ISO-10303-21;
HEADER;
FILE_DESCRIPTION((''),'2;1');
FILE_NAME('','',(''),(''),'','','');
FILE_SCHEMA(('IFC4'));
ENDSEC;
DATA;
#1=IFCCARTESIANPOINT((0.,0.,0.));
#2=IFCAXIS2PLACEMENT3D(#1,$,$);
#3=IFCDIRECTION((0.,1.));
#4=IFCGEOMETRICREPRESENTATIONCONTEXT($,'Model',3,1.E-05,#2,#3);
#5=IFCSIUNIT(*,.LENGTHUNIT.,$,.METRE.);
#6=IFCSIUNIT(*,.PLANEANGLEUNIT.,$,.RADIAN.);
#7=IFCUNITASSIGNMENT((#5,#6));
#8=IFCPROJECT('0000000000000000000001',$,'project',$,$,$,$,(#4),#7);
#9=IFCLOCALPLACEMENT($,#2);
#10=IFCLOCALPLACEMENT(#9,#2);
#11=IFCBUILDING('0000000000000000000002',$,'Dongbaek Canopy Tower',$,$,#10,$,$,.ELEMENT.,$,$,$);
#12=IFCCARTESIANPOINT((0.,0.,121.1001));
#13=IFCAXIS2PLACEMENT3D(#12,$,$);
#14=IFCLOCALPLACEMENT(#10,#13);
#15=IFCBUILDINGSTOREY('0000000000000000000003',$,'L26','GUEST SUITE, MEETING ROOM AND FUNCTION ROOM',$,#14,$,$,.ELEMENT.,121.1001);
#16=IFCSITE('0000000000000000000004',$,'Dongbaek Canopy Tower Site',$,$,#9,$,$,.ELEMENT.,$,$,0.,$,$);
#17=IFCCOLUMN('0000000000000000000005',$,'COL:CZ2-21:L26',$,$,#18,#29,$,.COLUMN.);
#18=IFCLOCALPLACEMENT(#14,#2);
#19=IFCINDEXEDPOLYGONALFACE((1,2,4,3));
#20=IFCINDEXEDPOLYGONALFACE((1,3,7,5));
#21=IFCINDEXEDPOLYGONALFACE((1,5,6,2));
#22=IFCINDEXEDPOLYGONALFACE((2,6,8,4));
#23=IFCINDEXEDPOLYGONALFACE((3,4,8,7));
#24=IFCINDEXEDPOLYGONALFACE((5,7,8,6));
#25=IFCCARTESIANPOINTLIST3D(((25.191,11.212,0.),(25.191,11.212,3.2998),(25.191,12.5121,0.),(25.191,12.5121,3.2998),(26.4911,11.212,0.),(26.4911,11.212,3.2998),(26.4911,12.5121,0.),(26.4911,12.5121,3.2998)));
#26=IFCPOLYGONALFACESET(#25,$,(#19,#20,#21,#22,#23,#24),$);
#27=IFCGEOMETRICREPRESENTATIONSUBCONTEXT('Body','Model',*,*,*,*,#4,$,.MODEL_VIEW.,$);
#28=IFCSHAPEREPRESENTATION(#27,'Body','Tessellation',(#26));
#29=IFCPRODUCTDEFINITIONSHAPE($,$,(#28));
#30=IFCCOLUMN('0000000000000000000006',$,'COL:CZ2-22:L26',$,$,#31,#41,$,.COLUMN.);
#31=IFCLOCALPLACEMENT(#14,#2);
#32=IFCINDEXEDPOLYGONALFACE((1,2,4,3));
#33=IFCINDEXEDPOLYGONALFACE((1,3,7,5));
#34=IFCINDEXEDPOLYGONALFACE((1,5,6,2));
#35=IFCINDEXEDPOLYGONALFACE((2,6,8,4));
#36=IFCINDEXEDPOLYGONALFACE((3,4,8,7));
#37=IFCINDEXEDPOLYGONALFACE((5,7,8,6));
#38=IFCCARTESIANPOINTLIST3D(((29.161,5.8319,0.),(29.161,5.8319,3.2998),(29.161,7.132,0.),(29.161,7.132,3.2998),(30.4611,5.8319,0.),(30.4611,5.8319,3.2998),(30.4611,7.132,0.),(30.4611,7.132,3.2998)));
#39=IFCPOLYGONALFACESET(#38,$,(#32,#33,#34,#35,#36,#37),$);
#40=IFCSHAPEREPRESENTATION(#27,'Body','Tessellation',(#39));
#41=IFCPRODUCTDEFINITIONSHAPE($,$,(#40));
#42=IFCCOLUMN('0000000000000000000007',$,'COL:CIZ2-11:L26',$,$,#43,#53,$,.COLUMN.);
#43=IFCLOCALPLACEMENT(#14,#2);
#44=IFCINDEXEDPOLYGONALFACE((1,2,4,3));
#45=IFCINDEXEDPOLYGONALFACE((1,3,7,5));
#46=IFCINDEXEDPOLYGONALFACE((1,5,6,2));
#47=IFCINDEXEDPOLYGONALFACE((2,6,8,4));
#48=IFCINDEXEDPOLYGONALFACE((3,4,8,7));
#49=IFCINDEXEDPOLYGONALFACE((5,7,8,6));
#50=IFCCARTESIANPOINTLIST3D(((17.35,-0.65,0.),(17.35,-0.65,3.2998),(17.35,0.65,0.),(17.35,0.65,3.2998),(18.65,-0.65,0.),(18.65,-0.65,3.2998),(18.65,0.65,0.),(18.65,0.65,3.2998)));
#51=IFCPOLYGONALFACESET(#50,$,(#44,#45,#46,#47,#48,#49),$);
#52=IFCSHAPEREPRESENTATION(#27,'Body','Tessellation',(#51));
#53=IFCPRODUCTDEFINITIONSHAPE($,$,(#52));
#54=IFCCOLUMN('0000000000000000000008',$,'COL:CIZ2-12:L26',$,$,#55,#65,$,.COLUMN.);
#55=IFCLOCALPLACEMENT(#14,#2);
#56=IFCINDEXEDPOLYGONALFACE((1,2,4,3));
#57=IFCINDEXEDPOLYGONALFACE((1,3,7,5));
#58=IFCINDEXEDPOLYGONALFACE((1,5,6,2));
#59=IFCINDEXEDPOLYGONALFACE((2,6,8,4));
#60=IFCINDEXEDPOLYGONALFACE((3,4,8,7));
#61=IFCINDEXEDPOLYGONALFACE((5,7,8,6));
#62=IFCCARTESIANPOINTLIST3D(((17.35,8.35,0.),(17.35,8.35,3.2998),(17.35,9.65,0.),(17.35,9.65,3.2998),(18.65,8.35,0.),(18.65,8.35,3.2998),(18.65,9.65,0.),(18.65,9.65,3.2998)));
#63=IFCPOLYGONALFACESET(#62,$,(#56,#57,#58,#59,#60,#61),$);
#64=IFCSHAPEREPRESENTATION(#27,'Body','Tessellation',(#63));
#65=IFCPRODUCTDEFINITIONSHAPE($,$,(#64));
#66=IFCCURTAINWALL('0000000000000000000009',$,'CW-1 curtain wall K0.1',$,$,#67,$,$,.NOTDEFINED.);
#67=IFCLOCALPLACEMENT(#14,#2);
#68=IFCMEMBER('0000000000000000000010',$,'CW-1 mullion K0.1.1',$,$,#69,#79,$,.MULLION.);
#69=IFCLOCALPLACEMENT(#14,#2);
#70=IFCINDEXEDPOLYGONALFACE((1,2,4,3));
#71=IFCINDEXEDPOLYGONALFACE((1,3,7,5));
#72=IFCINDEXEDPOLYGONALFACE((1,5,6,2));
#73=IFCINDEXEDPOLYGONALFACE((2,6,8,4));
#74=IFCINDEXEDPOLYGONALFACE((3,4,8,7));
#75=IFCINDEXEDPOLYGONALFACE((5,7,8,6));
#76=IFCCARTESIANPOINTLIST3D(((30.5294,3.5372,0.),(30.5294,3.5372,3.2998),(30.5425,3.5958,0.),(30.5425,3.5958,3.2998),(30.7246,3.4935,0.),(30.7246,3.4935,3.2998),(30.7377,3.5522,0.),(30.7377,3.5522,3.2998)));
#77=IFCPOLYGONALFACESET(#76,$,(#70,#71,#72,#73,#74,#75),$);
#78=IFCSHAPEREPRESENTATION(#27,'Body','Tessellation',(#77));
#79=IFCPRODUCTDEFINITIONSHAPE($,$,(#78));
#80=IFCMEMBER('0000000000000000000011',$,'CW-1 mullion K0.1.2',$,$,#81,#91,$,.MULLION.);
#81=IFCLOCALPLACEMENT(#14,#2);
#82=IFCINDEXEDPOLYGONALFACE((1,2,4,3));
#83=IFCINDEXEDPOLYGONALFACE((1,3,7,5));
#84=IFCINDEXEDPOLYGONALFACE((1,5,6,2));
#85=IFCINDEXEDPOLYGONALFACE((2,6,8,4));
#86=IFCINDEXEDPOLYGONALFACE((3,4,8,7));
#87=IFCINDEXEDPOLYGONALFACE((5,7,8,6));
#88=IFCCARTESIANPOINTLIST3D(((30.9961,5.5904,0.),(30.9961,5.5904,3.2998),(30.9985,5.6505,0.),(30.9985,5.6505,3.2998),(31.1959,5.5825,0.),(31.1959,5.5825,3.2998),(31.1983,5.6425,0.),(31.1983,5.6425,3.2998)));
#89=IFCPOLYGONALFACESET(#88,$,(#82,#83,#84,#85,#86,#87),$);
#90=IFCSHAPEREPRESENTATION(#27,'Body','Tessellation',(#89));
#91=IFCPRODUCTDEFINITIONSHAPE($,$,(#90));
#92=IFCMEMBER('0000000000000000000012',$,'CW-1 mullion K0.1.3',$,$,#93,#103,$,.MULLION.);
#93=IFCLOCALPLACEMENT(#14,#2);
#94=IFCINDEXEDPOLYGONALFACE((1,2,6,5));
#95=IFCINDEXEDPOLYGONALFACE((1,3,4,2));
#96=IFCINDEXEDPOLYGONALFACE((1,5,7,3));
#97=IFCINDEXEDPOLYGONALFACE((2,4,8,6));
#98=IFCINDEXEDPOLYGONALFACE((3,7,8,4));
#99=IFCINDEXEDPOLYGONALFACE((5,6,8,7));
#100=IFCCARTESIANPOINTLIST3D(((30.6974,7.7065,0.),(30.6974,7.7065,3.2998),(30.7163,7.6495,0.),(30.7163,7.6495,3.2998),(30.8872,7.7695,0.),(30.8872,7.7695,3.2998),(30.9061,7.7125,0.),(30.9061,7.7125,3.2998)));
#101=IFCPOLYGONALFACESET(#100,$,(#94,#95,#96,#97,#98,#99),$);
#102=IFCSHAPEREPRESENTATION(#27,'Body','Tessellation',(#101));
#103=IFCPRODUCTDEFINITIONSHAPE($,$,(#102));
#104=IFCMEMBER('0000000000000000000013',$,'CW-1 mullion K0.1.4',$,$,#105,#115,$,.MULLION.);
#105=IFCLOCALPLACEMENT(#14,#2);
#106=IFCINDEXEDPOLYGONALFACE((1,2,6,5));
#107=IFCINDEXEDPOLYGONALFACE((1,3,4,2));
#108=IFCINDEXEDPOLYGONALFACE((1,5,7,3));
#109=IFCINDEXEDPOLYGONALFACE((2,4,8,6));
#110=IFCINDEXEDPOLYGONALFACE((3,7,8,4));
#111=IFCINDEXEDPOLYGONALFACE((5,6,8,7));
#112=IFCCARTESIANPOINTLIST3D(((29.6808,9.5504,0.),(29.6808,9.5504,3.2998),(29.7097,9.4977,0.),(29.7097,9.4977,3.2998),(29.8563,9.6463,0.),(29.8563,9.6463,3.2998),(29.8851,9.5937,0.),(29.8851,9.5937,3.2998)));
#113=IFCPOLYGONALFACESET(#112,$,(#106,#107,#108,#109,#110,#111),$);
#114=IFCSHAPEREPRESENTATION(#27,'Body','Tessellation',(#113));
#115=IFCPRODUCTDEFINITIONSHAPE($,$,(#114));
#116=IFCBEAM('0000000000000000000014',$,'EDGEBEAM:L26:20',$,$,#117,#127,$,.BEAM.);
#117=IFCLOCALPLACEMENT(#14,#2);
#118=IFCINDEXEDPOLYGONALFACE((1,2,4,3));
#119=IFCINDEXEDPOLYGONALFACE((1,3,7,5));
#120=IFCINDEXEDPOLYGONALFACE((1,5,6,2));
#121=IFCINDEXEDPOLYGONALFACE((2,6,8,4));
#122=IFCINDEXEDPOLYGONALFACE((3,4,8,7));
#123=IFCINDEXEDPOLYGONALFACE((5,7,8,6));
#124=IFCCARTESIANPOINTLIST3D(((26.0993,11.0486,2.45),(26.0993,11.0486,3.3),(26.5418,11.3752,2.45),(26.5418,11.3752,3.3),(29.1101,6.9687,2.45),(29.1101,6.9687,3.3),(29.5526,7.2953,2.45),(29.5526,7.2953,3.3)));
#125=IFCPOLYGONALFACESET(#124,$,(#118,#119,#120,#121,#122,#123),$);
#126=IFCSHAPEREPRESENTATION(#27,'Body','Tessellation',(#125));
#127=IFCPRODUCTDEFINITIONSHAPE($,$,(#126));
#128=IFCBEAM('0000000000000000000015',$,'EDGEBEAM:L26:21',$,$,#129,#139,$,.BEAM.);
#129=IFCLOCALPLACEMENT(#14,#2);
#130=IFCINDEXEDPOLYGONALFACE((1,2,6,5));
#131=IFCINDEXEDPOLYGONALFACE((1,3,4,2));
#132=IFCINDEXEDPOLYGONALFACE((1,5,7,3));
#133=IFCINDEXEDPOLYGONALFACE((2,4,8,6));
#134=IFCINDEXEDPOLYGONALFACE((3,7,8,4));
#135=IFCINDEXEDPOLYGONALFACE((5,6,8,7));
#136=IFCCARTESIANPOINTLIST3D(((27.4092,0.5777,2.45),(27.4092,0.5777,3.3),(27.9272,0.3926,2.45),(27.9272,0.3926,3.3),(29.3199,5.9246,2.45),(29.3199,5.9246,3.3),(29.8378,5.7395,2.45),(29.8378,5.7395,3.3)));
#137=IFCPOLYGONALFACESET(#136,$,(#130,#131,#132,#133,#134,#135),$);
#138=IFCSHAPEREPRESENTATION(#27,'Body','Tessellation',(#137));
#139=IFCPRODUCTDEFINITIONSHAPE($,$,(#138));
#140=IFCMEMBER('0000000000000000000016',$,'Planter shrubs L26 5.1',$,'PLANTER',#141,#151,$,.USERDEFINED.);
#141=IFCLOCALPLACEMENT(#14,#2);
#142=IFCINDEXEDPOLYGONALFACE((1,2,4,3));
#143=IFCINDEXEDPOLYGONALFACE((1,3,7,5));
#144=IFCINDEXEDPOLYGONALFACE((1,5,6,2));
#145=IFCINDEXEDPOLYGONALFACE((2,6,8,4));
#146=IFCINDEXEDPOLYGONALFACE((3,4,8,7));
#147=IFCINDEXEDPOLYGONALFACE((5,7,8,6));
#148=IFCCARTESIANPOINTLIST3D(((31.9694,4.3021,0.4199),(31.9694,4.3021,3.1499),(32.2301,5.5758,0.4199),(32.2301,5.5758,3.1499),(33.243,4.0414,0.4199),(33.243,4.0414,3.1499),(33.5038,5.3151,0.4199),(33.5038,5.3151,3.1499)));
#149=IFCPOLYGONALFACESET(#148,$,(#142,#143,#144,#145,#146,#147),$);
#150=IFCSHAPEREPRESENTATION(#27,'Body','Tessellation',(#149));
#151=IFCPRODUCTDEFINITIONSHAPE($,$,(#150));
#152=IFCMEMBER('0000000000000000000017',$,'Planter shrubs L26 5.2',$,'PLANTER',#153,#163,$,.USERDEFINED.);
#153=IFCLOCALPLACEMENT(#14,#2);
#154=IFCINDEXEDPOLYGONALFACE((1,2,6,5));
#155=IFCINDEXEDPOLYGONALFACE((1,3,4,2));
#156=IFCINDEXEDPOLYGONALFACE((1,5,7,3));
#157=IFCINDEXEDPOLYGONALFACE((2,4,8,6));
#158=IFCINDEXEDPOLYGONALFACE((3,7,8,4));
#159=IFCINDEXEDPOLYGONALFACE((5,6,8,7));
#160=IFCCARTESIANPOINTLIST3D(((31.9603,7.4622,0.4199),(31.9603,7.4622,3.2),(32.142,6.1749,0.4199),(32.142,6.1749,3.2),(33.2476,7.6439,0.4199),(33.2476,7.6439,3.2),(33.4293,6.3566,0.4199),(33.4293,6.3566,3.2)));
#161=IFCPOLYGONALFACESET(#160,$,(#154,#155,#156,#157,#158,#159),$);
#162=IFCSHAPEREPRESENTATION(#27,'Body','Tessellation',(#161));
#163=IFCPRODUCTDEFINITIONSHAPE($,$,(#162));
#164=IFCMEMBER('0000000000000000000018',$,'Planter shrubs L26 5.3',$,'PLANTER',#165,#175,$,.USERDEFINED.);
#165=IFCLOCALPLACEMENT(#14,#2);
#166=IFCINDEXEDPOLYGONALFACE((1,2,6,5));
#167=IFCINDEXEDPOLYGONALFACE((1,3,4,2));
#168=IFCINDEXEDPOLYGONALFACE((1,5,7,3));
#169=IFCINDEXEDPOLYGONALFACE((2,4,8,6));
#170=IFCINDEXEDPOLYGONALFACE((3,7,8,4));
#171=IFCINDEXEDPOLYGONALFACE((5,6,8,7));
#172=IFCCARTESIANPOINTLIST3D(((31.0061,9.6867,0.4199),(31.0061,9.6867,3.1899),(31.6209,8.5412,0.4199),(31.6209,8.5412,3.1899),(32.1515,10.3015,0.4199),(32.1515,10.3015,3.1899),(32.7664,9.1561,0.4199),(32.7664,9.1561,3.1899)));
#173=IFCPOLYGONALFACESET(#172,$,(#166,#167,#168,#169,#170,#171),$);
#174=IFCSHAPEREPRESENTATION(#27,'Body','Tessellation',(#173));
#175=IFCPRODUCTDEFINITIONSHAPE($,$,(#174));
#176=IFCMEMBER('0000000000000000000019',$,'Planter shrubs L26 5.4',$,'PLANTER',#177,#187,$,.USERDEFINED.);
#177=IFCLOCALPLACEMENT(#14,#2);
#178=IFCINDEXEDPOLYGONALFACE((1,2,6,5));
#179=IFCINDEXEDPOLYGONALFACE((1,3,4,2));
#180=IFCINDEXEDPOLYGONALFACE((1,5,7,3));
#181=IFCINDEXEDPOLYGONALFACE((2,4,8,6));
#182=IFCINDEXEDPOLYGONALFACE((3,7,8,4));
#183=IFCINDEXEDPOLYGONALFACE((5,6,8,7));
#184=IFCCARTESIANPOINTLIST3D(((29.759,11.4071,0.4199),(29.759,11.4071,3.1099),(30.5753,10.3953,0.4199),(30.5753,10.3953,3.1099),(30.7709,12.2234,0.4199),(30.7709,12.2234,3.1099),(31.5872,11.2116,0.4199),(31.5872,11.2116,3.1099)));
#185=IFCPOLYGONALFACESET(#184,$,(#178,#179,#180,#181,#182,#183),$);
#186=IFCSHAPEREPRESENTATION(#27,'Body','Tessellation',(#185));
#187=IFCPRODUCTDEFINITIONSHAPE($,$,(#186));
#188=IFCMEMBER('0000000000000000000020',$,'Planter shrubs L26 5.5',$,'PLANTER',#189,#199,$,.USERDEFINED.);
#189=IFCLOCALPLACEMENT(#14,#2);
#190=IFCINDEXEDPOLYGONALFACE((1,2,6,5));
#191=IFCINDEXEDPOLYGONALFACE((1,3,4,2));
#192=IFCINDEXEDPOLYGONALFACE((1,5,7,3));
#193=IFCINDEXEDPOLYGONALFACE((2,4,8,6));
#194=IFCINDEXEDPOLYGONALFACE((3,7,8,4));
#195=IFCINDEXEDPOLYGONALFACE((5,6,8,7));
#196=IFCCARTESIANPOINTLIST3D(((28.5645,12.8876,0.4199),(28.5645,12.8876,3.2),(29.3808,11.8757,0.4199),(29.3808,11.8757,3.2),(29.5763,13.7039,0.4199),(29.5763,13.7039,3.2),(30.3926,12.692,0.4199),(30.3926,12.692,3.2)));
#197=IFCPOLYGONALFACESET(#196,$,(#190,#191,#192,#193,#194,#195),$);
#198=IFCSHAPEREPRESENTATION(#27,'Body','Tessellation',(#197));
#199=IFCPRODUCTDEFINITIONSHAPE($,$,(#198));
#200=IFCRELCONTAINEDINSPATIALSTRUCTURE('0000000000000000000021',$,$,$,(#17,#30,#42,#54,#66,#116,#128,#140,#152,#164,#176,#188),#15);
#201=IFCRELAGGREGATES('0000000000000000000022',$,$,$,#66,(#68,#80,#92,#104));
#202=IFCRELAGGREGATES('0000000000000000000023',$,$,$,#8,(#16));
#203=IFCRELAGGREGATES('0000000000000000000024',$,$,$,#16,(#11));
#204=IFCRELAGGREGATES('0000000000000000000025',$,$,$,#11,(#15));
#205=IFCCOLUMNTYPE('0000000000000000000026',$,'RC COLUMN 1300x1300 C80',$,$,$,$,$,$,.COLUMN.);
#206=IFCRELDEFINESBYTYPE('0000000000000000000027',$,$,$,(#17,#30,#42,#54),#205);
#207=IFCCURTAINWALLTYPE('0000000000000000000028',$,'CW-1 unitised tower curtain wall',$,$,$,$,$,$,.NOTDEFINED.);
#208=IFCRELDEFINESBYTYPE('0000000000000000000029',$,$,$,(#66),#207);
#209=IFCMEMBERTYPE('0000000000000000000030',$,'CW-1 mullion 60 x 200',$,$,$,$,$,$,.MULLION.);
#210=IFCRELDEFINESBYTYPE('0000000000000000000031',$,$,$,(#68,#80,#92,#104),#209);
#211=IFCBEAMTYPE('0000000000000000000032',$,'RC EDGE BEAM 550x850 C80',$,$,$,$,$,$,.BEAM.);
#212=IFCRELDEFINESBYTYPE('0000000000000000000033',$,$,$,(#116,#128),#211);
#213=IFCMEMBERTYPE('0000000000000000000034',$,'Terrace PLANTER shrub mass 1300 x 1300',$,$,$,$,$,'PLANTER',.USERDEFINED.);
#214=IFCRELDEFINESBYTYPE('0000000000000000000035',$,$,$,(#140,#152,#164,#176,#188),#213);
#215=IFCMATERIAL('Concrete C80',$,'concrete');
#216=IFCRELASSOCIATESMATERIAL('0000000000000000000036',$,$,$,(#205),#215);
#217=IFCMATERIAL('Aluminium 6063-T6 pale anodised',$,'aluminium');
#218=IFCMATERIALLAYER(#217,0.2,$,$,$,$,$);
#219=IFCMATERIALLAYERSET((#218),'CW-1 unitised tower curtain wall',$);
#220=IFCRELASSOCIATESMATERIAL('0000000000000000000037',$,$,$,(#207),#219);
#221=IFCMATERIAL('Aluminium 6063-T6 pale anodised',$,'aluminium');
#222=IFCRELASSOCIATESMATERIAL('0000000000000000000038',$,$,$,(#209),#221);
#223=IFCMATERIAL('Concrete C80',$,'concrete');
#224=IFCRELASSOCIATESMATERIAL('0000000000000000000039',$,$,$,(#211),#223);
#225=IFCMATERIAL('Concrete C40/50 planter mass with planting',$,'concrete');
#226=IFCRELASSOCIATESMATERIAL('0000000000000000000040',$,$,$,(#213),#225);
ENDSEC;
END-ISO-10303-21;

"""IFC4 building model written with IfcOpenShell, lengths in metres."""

from ifc_helpers import new_model, si_unit, direction, frame, origin, origin_2d, place, context, subcontext, project, spatial, rectangle, extrude, material, layer, layer_set, material_profile, profile_set, type_object, element, aggregate, save


model = new_model("IFC4")

# Units and contexts
model_context = context("Model", 3, precision=1e-05, world=origin(), true_north=direction((0.0, 1.0)))
body_context = subcontext(model_context, "Body", "Model", "MODEL_VIEW")
ifc_project = project(units=[si_unit("LENGTHUNIT", "METRE"), si_unit("PLANEANGLEUNIT", "RADIAN")], contexts=[model_context])

# Site, building, storey
site_placement = place(None, origin())
site = spatial("IfcSite", under=ifc_project, at=site_placement, Name="Dongbaek Canopy Tower Site", CompositionType="ELEMENT", RefElevation=0.0)
building_placement = place(site_placement, origin())
building = spatial("IfcBuilding", under=site, at=building_placement, Name="Dongbaek Canopy Tower", CompositionType="ELEMENT")
storey_placement = place(building_placement, frame((0.0, 0.0, 121.1001)))
storey = spatial("IfcBuildingStorey", under=building, at=storey_placement, Name="L26", Description="GUEST SUITE, MEETING ROOM AND FUNCTION ROOM", CompositionType="ELEMENT", Elevation=121.1001)

# Columns
ifc_material_1 = material(Name="Concrete C80", Category="concrete")
ifc_material_profile_1 = material_profile(ifc_material_1, rectangle(XDim=1.3, YDim=1.3, at=origin_2d()), Name="RC COLUMN 1300x1300 C80")
ifc_profile_set_1 = profile_set([ifc_material_profile_1], Name="Concrete C80")
column_type = type_object("IfcColumnType", Name="RC COLUMN 1300x1300 C80", PredefinedType="COLUMN", material=ifc_profile_set_1)
for number, where, z_axis, x_axis, name in (
    (1, (25.8411, 11.8621, 0.0), (0.0, 0.0, 1.0), (1.0, 0.0, 0.0), "COL:CZ2-21:L26"),
    (2, (29.811, 6.4819, 0.0), (0.0, 0.0, 1.0), (1.0, 0.0, 0.0), "COL:CZ2-22:L26"),
    (3, (18.0, 0.0, 0.0), (0.0, 0.0, 1.0), (1.0, 0.0, 0.0), "COL:CIZ2-11:L26"),
    (4, (18.0, 9.0, 0.0), (0.0, 0.0, 1.0), (1.0, 0.0, 0.0), "COL:CIZ2-12:L26"),
):
    element("IfcColumn", number, at=place(storey_placement, frame(where, z_axis=z_axis, x_axis=x_axis)), inside=storey, type_object=column_type, Name=name, PredefinedType="COLUMN", context=body_context, shape_type="SweptSolid", body=[
        extrude(rectangle(XDim=1.3, YDim=1.3, at=origin_2d()), origin(), (0.0, 0.0, 1.0), 3.2998),
    ])

# Curtain wall, members
ifc_material_2 = material(Name="Aluminium 6063-T6 pale anodised", Category="aluminium")
ifc_layer_1 = layer(ifc_material_2, 0.2)
ifc_layer_set_1 = layer_set([ifc_layer_1], Name="CW-1 unitised tower curtain wall")
curtain_wall_type = type_object("IfcCurtainWallType", Name="CW-1 unitised tower curtain wall", PredefinedType="NOTDEFINED", material=ifc_layer_set_1)
curtain_wall_1_placement = place(storey_placement, origin())
curtain_wall_1 = element("IfcCurtainWall", 5, at=curtain_wall_1_placement, inside=storey, type_object=curtain_wall_type, Name="CW-1 curtain wall K0.1", PredefinedType="NOTDEFINED")
ifc_material_3 = material(Name="Aluminium 6063-T6 pale anodised", Category="aluminium")
ifc_material_profile_2 = material_profile(ifc_material_3, rectangle(XDim=0.2, YDim=0.0601, at=origin_2d()), Name="CW-1 mullion 60 x 200")
ifc_profile_set_2 = profile_set([ifc_material_profile_2], Name="Aluminium 6063-T6 pale anodised")
member_type_1 = type_object("IfcMemberType", Name="CW-1 mullion 60 x 200", PredefinedType="MULLION", material=ifc_profile_set_2)
member_1_placement = place(storey_placement, frame((30.6335, 3.5447, 0.0), z_axis=(0.0, 0.0, 1.0), x_axis=(0.975873, -0.218339, 0.0)))
member_1 = element("IfcMember", 6, at=member_1_placement, type_object=member_type_1, Name="CW-1 mullion K0.1.1", PredefinedType="MULLION", context=body_context, shape_type="SweptSolid", body=[
    extrude(rectangle(XDim=0.2, YDim=0.0601, at=origin_2d()), origin(), (0.0, 0.0, 1.0), 3.2998),
])
member_2_placement = place(storey_placement, frame((31.0972, 5.6165, 0.0), z_axis=(0.0, 0.0, 1.0), x_axis=(0.999202, -0.039948, 0.0)))
member_2 = element("IfcMember", 7, at=member_2_placement, type_object=member_type_1, Name="CW-1 mullion K0.1.2", PredefinedType="MULLION", context=body_context, shape_type="SweptSolid", body=[
    extrude(rectangle(XDim=0.2, YDim=0.0601, at=origin_2d()), origin(), (0.0, 0.0, 1.0), 3.2998),
])
member_3_placement = place(storey_placement, frame((30.8018, 7.7095, 0.0), z_axis=(0.0, 0.0, 1.0), x_axis=(0.949126, 0.314897, 0.0)))
member_3 = element("IfcMember", 8, at=member_3_placement, type_object=member_type_1, Name="CW-1 mullion K0.1.3", PredefinedType="MULLION", context=body_context, shape_type="SweptSolid", body=[
    extrude(rectangle(XDim=0.2, YDim=0.0601, at=origin_2d()), origin(), (0.0, 0.0, 1.0), 3.2998),
])
member_4_placement = place(storey_placement, frame((29.783, 9.572, 0.0), z_axis=(0.0, 0.0, 1.0), x_axis=(0.877342, 0.479865, 0.0)))
member_4 = element("IfcMember", 9, at=member_4_placement, type_object=member_type_1, Name="CW-1 mullion K0.1.4", PredefinedType="MULLION", context=body_context, shape_type="SweptSolid", body=[
    extrude(rectangle(XDim=0.2, YDim=0.0601, at=origin_2d()), origin(), (0.0, 0.0, 1.0), 3.2998),
])

# Beams
ifc_material_4 = material(Name="Concrete C80", Category="concrete")
ifc_material_profile_3 = material_profile(ifc_material_4, rectangle(XDim=0.55, YDim=0.8501, at=origin_2d()), Name="RC EDGE BEAM 550x850 C80")
ifc_profile_set_3 = profile_set([ifc_material_profile_3], Name="Concrete C80")
beam_type = type_object("IfcBeamType", Name="RC EDGE BEAM 550x850 C80", PredefinedType="BEAM", material=ifc_profile_set_3)
beam_1_placement = place(storey_placement, frame((26.3206, 11.2119, 2.875), z_axis=(0.59378, -0.804627, 0.0), x_axis=(0.804627, 0.59378, 0.0)))
element("IfcBeam", 10, at=beam_1_placement, inside=storey, type_object=beam_type, Name="EDGEBEAM:L26:20", PredefinedType="BEAM", context=body_context, shape_type="SweptSolid", body=[
    extrude(rectangle(XDim=0.55, YDim=0.8501, at=origin_2d()), origin(), (0.0, 0.0, 1.0), 5.0706),
])
beam_2_placement = place(storey_placement, frame((29.5789, 5.832, 2.875), z_axis=(-0.336497, -0.941685, 0.0), x_axis=(0.941685, -0.336497, 0.0)))
element("IfcBeam", 11, at=beam_2_placement, inside=storey, type_object=beam_type, Name="EDGEBEAM:L26:21", PredefinedType="BEAM", context=body_context, shape_type="SweptSolid", body=[
    extrude(rectangle(XDim=0.55, YDim=0.8501, at=origin_2d()), origin(), (0.0, 0.0, 1.0), 5.678),
])

# Members
ifc_material_5 = material(Name="Concrete C40/50 planter mass with planting", Category="concrete")
ifc_material_profile_4 = material_profile(ifc_material_5, rectangle(XDim=1.3, YDim=1.3, at=origin_2d()), Name="Terrace PLANTER shrub mass 1300 x 1300")
ifc_profile_set_4 = profile_set([ifc_material_profile_4], Name="Concrete C40/50 planter mass with planting")
member_type_2 = type_object("IfcMemberType", Name="Terrace PLANTER shrub mass 1300 x 1300", ElementType="PLANTER", PredefinedType="USERDEFINED", material=ifc_profile_set_4)
member_5_placement = place(storey_placement, frame((32.7366, 4.8086, 0.4199), z_axis=(0.0, 0.0, 1.0), x_axis=(0.979684, -0.200547, 0.0)))
element("IfcMember", 12, at=member_5_placement, inside=storey, type_object=member_type_2, Name="Planter shrubs L26 5.1", ObjectType="PLANTER", PredefinedType="USERDEFINED", context=body_context, shape_type="SweptSolid", body=[
    extrude(rectangle(XDim=1.3, YDim=1.3, at=origin_2d()), origin(), (0.0, 0.0, 1.0), 2.73),
])
member_6_placement = place(storey_placement, frame((32.6948, 6.9094, 0.4199), z_axis=(0.0, 0.0, 1.0), x_axis=(0.990189, 0.139736, 0.0)))
element("IfcMember", 13, at=member_6_placement, inside=storey, type_object=member_type_2, Name="Planter shrubs L26 5.2", ObjectType="PLANTER", PredefinedType="USERDEFINED", context=body_context, shape_type="SweptSolid", body=[
    extrude(rectangle(XDim=1.3, YDim=1.3, at=origin_2d()), origin(), (0.0, 0.0, 1.0), 2.78),
])
member_7_placement = place(storey_placement, frame((31.8862, 9.4214, 0.4199), z_axis=(0.0, 0.0, 1.0), x_axis=(0.881091, 0.472947, 0.0)))
element("IfcMember", 14, at=member_7_placement, inside=storey, type_object=member_type_2, Name="Planter shrubs L26 5.3", ObjectType="PLANTER", PredefinedType="USERDEFINED", context=body_context, shape_type="SweptSolid", body=[
    extrude(rectangle(XDim=1.3, YDim=1.3, at=origin_2d()), origin(), (0.0, 0.0, 1.0), 2.77),
])
member_8_placement = place(storey_placement, frame((30.6731, 11.3093, 0.4199), z_axis=(0.0, 0.0, 1.0), x_axis=(0.778293, 0.627901, 0.0)))
element("IfcMember", 15, at=member_8_placement, inside=storey, type_object=member_type_2, Name="Planter shrubs L26 5.4", ObjectType="PLANTER", PredefinedType="USERDEFINED", context=body_context, shape_type="SweptSolid", body=[
    extrude(rectangle(XDim=1.3, YDim=1.3, at=origin_2d()), origin(), (0.0, 0.0, 1.0), 2.6899),
])
member_9_placement = place(storey_placement, frame((29.4785, 12.7898, 0.4199), z_axis=(0.0, 0.0, 1.0), x_axis=(0.778293, 0.627901, 0.0)))
element("IfcMember", 16, at=member_9_placement, inside=storey, type_object=member_type_2, Name="Planter shrubs L26 5.5", ObjectType="PLANTER", PredefinedType="USERDEFINED", context=body_context, shape_type="SweptSolid", body=[
    extrude(rectangle(XDim=1.3, YDim=1.3, at=origin_2d()), origin(), (0.0, 0.0, 1.0), 2.78),
])

aggregate(curtain_wall_1, [member_1, member_2, member_3, member_4])

save(model, "model.ifc")
